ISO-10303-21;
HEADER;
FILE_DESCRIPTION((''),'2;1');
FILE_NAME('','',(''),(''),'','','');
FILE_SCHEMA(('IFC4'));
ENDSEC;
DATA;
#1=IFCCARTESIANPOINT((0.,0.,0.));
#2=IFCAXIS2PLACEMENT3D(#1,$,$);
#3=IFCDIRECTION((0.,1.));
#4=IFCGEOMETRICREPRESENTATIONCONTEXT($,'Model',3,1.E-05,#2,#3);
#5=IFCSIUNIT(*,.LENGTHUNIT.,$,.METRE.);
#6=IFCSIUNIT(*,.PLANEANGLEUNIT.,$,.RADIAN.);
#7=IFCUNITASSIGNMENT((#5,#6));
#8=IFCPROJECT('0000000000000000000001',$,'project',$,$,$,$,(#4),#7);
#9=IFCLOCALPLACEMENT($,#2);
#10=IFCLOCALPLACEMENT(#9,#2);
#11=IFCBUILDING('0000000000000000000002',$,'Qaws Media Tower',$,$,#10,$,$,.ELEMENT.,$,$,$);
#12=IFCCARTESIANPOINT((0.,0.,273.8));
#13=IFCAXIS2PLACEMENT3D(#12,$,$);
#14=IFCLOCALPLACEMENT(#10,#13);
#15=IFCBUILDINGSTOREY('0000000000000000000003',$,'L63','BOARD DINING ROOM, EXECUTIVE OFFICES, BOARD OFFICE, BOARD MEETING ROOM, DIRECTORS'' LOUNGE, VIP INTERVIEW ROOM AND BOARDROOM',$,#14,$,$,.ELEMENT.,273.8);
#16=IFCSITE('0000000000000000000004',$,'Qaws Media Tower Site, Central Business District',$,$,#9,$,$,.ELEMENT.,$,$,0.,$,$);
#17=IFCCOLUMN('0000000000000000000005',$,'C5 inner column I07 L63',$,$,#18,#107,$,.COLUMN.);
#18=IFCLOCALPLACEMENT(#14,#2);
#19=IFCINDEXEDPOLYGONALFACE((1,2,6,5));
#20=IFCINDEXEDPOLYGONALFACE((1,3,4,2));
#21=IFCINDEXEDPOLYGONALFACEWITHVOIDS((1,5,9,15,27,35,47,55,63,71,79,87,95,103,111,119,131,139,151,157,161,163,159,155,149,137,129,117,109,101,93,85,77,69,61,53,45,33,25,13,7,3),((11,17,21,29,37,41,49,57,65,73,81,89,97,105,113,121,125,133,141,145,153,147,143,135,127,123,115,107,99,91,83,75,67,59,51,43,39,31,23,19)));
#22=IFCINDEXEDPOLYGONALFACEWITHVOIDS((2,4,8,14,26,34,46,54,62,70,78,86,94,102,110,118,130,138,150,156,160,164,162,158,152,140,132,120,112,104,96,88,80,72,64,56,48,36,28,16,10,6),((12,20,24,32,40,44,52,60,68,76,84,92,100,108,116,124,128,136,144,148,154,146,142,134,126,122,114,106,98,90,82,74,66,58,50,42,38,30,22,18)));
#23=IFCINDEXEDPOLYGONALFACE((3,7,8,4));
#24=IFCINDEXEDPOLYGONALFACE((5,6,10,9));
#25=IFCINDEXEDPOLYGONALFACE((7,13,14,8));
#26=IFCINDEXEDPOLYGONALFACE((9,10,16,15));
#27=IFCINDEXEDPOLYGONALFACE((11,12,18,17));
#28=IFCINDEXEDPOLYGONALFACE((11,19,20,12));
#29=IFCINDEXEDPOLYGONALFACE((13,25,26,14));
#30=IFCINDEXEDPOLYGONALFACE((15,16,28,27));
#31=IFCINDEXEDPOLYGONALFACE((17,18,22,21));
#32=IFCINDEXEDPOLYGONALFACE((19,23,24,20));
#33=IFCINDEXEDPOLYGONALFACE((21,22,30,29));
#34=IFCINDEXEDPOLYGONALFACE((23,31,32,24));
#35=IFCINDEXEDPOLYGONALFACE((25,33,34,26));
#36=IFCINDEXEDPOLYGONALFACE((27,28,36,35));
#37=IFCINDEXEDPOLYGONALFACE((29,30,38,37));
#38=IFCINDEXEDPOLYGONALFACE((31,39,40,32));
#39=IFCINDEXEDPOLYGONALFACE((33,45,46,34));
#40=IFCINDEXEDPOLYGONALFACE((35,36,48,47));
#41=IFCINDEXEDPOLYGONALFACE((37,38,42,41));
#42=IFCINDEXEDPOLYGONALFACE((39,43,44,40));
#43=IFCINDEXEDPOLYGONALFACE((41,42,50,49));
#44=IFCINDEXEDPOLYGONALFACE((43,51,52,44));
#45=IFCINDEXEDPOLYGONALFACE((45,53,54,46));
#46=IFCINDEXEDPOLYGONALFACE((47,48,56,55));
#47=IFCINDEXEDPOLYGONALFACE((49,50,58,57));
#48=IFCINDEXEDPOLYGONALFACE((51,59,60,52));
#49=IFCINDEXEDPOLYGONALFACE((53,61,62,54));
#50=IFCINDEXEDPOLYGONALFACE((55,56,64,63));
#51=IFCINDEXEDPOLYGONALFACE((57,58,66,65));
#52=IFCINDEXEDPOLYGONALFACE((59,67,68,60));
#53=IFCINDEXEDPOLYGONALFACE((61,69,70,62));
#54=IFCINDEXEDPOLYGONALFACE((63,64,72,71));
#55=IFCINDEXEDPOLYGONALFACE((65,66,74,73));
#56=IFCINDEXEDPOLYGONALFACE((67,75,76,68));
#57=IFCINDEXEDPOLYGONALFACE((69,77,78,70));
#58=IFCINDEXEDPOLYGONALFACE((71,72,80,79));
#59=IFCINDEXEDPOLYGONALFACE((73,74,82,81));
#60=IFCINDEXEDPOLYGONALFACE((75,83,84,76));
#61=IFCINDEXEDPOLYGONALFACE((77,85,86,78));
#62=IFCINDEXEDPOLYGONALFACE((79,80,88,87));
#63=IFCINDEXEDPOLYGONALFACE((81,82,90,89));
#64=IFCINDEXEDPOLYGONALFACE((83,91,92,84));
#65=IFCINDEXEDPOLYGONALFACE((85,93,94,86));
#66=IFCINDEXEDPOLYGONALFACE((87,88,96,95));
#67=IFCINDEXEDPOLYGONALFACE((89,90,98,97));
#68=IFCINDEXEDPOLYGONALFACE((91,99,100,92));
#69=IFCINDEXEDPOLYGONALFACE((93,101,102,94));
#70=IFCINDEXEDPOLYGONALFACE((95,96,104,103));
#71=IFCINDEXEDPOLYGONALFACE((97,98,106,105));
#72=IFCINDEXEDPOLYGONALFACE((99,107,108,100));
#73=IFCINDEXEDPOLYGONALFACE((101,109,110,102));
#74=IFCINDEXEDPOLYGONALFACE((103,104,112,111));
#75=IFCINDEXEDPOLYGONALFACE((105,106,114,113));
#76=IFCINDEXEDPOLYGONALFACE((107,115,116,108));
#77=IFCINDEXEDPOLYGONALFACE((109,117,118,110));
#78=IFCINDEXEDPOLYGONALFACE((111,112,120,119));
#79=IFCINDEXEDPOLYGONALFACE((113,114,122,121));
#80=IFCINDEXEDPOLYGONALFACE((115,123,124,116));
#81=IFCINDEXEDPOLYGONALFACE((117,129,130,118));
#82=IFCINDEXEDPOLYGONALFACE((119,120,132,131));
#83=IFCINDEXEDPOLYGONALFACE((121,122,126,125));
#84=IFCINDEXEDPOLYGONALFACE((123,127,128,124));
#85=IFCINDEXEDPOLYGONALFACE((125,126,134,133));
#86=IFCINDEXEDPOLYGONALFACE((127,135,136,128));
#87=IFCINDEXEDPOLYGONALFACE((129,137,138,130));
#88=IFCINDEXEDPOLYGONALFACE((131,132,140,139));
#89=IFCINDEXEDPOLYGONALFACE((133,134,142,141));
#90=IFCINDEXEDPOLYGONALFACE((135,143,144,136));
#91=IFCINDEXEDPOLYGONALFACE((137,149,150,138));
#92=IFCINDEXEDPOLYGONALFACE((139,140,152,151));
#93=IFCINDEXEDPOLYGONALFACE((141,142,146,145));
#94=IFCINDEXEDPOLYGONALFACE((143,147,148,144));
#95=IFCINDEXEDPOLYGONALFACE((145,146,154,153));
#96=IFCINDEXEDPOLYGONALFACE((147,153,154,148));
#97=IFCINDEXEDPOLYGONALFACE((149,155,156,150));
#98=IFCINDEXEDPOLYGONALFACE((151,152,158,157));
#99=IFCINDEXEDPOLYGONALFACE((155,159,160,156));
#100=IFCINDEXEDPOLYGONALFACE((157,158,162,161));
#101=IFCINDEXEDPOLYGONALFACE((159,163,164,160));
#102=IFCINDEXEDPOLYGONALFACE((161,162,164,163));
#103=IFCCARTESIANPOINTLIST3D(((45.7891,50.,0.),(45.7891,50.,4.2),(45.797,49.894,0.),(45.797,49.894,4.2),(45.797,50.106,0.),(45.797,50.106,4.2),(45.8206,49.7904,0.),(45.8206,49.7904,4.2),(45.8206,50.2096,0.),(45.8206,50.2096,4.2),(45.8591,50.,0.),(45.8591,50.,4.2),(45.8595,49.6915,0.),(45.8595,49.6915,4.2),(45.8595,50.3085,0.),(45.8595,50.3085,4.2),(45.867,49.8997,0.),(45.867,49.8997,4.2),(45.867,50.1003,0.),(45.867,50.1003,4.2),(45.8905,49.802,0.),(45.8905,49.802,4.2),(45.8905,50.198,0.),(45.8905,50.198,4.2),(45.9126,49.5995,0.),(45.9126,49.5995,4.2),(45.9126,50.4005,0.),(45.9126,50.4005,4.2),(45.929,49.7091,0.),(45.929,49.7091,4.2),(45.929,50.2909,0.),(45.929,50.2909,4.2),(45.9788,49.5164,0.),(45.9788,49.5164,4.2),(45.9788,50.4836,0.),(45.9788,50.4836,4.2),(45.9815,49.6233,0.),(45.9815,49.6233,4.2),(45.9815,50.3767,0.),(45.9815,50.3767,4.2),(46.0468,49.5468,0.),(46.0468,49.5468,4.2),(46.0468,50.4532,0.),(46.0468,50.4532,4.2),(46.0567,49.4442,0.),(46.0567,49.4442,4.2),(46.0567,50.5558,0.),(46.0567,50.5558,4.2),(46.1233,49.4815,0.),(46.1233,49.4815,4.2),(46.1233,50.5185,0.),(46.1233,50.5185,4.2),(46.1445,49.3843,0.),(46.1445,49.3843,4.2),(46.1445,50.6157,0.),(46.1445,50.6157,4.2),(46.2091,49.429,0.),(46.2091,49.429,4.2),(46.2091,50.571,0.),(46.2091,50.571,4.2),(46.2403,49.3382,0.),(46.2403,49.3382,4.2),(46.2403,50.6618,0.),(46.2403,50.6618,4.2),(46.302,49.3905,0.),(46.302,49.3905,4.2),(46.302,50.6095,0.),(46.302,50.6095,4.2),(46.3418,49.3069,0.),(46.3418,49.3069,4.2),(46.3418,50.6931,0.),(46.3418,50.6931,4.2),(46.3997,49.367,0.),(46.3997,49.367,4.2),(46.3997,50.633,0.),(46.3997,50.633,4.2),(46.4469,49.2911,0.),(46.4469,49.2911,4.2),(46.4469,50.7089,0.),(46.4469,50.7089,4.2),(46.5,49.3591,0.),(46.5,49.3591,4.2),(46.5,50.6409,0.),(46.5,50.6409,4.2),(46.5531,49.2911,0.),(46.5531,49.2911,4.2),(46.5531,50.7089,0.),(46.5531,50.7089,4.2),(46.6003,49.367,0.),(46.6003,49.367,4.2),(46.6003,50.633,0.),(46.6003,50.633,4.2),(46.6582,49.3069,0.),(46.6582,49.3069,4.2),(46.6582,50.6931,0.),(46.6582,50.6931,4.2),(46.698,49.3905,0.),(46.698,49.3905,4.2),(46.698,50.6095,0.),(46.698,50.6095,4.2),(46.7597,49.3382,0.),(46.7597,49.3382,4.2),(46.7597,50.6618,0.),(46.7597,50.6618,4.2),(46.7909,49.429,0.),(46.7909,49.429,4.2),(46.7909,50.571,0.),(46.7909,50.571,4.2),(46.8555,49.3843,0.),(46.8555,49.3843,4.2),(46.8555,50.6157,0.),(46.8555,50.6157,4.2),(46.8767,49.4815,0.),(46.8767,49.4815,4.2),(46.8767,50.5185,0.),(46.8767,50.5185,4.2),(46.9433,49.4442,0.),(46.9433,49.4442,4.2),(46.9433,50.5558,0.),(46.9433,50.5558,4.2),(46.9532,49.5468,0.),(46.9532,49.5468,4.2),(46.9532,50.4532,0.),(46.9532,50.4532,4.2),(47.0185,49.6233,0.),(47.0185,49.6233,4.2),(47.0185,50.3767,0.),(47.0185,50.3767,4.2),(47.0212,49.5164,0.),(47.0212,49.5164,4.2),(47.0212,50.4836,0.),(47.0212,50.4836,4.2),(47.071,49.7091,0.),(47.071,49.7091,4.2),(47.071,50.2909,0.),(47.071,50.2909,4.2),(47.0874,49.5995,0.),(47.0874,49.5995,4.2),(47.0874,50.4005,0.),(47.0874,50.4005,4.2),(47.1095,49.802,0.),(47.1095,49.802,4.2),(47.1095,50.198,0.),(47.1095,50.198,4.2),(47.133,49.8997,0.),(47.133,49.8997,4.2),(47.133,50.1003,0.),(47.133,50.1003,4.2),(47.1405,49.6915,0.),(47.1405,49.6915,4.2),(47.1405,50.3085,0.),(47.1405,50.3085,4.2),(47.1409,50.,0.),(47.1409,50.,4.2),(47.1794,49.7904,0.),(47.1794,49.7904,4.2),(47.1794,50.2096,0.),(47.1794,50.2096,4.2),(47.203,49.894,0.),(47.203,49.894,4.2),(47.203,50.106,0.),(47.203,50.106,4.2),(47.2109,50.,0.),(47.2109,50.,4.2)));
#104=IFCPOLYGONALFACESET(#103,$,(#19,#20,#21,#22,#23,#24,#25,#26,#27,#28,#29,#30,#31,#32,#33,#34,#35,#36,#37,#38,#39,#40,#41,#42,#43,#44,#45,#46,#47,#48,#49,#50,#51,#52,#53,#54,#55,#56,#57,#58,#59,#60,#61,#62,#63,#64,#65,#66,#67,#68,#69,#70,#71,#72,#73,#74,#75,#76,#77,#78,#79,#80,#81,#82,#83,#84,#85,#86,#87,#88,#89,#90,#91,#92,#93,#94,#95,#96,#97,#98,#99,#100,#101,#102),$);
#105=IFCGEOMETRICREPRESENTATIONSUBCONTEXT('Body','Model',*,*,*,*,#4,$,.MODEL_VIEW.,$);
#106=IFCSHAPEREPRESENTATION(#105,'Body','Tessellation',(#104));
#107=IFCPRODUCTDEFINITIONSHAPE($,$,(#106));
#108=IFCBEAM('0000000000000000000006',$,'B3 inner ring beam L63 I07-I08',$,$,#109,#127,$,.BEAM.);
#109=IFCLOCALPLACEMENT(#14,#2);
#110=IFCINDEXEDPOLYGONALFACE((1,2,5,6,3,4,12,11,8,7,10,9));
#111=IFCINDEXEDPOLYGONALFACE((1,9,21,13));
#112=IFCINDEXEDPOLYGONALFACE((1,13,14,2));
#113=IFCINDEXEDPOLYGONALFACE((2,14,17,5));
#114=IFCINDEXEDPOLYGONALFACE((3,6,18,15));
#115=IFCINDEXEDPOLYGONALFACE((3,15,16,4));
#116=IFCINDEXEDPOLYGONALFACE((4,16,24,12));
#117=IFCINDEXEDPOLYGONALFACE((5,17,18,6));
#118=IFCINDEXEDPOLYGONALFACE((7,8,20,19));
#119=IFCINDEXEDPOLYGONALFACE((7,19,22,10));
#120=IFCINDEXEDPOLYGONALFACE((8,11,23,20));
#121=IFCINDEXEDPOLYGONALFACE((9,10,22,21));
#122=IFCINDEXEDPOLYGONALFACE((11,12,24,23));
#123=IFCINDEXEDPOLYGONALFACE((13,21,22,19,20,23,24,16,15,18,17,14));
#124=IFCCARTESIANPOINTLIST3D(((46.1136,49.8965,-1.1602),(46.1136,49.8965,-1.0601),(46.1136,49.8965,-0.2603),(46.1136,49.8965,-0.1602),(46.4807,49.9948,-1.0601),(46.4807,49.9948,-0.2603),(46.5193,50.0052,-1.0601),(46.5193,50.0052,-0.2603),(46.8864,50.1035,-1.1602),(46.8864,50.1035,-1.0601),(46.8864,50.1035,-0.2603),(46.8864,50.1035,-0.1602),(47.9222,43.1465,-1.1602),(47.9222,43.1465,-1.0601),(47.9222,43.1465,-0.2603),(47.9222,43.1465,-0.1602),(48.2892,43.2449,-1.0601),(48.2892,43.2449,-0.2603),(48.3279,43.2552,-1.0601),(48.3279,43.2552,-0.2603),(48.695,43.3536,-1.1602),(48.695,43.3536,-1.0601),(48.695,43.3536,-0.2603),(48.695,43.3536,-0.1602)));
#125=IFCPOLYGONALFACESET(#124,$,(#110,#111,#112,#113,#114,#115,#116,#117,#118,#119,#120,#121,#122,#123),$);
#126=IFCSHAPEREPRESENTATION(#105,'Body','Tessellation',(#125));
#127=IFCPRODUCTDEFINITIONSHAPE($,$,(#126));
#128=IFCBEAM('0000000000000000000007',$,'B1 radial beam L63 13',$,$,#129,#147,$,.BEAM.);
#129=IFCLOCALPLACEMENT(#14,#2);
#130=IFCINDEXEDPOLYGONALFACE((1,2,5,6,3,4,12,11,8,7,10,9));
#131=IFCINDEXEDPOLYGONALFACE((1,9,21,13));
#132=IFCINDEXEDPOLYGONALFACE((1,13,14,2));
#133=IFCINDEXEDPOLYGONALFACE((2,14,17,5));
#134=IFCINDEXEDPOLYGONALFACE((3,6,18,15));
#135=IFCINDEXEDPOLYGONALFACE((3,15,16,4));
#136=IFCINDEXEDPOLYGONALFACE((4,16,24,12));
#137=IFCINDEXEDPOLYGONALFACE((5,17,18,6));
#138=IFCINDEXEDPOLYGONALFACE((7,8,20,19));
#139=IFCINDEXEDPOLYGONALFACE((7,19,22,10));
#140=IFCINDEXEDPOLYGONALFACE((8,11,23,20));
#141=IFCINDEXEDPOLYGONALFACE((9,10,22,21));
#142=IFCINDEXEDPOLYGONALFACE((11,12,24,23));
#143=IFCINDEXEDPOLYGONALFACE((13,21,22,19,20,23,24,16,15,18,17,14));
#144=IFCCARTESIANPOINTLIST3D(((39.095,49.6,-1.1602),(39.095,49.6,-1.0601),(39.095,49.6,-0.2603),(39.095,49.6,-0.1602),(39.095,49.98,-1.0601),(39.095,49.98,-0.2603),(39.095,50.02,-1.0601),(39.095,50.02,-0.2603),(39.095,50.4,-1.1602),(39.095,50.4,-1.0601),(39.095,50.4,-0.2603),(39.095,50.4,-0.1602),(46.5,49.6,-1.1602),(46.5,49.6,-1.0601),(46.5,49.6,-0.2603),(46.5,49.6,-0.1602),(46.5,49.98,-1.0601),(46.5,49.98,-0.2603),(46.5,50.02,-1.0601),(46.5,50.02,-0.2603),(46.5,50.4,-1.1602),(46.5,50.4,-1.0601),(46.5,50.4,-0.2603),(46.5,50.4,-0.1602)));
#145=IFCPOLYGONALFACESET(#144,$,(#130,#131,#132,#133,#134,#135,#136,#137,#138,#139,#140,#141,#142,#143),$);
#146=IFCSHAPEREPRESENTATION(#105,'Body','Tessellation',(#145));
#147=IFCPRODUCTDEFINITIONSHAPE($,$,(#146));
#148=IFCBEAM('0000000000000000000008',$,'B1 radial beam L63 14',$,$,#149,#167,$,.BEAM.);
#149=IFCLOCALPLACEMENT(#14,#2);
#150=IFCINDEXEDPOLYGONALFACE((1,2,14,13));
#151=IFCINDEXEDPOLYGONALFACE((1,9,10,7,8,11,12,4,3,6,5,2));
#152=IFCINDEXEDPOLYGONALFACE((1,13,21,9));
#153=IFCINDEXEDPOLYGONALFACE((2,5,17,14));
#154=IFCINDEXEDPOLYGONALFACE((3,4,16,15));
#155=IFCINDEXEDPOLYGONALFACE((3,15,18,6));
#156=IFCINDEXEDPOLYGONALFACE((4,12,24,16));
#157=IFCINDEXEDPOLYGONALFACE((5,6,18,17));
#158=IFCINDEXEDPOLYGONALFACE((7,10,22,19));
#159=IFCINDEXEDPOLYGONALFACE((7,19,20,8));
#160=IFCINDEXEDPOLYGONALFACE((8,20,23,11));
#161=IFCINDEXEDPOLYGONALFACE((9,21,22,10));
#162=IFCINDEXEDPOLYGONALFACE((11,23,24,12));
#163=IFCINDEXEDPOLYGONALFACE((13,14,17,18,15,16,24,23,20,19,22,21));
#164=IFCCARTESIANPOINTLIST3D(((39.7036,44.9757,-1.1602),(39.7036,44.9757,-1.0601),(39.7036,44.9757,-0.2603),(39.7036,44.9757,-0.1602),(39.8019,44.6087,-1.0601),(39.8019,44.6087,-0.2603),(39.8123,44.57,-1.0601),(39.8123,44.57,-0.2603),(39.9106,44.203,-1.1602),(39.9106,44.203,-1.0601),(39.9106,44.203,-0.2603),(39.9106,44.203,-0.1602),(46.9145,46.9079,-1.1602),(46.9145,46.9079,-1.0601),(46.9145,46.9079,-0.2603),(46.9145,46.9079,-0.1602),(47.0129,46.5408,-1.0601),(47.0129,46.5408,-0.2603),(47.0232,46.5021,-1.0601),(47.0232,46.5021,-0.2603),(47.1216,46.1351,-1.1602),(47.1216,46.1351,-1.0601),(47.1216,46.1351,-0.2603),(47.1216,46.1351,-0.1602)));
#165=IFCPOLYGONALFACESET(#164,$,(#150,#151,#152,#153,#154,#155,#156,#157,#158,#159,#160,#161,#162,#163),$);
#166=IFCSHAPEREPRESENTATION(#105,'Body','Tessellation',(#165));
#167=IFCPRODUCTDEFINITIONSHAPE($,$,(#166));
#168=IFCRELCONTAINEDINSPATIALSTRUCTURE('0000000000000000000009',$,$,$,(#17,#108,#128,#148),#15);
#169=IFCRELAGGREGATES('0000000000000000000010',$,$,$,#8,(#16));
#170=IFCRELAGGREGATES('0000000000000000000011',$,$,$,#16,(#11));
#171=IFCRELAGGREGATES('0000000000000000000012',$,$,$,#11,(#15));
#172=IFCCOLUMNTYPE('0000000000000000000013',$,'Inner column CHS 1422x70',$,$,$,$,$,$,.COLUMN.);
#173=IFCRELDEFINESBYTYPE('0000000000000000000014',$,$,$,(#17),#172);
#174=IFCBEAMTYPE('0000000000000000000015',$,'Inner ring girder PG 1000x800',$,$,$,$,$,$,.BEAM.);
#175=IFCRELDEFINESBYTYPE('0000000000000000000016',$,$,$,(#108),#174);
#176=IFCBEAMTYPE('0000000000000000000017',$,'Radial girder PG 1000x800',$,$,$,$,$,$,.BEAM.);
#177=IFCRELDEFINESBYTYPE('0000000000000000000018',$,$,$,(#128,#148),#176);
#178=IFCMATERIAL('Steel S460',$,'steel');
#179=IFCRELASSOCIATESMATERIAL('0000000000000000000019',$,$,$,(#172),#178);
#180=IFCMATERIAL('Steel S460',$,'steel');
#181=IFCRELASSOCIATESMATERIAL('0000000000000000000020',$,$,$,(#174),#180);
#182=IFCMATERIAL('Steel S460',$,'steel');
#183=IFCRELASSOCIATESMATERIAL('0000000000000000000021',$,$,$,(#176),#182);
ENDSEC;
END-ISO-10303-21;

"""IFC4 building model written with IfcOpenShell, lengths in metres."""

from ifc_helpers import new_model, si_unit, direction, frame, origin, origin_2d, place, context, subcontext, project, spatial, hollow_circle, i_section, extrude, material, material_profile, profile_set, type_object, element, save


model = new_model("IFC4")

# Units and contexts
model_context = context("Model", 3, precision=1e-05, world=origin(), true_north=direction((0.0, 1.0)))
body_context = subcontext(model_context, "Body", "Model", "MODEL_VIEW")
ifc_project = project(units=[si_unit("LENGTHUNIT", "METRE"), si_unit("PLANEANGLEUNIT", "RADIAN")], contexts=[model_context])

# Site, building, storey
site_placement = place(None, origin())
site = spatial("IfcSite", under=ifc_project, at=site_placement, Name="Qaws Media Tower Site, Central Business District", CompositionType="ELEMENT", RefElevation=0.0)
building_placement = place(site_placement, origin())
building = spatial("IfcBuilding", under=site, at=building_placement, Name="Qaws Media Tower", CompositionType="ELEMENT")
storey_placement = place(building_placement, frame((0.0, 0.0, 273.8)))
storey = spatial("IfcBuildingStorey", under=building, at=storey_placement, Name="L63", Description="BOARD DINING ROOM, EXECUTIVE OFFICES, BOARD OFFICE, BOARD MEETING ROOM, DIRECTORS' LOUNGE, VIP INTERVIEW ROOM AND BOARDROOM", CompositionType="ELEMENT", Elevation=273.8)

# Column
ifc_material_1 = material(Name="Steel S460", Category="steel")
ifc_material_profile_1 = material_profile(ifc_material_1, hollow_circle(Radius=0.7109, WallThickness=0.0701, at=origin_2d()), Name="CHS 1422x70")
ifc_profile_set_1 = profile_set([ifc_material_profile_1], Name="Steel S460")
column_type = type_object("IfcColumnType", Name="Inner column CHS 1422x70", PredefinedType="COLUMN", material=ifc_profile_set_1)
column_placement = place(storey_placement, frame((46.5, 50.0, 0.0), z_axis=(0.0, 0.0, 1.0), x_axis=(1.0, 0.0, 0.0)))
element("IfcColumn", 1, at=column_placement, inside=storey, type_object=column_type, Name="C5 inner column I07 L63", PredefinedType="COLUMN", context=body_context, shape_type="SweptSolid", body=[
    extrude(hollow_circle(Radius=0.7109, WallThickness=0.0701, at=origin_2d()), origin(), (0.0, 0.0, 1.0), 4.2),
])

# Beams
ifc_material_2 = material(Name="Steel S460", Category="steel")
ifc_material_profile_2 = material_profile(ifc_material_2, i_section(OverallWidth=0.8, OverallDepth=1.0, WebThickness=0.04, FlangeThickness=0.1001, at=origin_2d()), Name="PG 1000x800")
ifc_profile_set_2 = profile_set([ifc_material_profile_2], Name="Steel S460")
beam_type_1 = type_object("IfcBeamType", Name="Inner ring girder PG 1000x800", PredefinedType="BEAM", material=ifc_profile_set_2)
beam_1_placement = place(storey_placement, frame((46.5, 50.0, -0.6602), z_axis=(0.258811, -0.965928, 0.0), x_axis=(0.965928, 0.258811, 0.0)))
element("IfcBeam", 2, at=beam_1_placement, inside=storey, type_object=beam_type_1, Name="B3 inner ring beam L63 I07-I08", PredefinedType="BEAM", context=body_context, shape_type="SweptSolid", body=[
    extrude(i_section(OverallWidth=0.8, OverallDepth=1.0, WebThickness=0.04, FlangeThickness=0.1001, at=origin_2d()), origin(), (0.0, 0.0, 1.0), 6.988),
])
ifc_material_3 = material(Name="Steel S460", Category="steel")
ifc_material_profile_3 = material_profile(ifc_material_3, i_section(OverallWidth=0.8, OverallDepth=1.0, WebThickness=0.04, FlangeThickness=0.1001, at=origin_2d()), Name="PG 1000x800")
ifc_profile_set_3 = profile_set([ifc_material_profile_3], Name="Steel S460")
beam_type_2 = type_object("IfcBeamType", Name="Radial girder PG 1000x800", PredefinedType="BEAM", material=ifc_profile_set_3)
beam_2_placement = place(storey_placement, frame((46.5, 50.0, -0.6602), z_axis=(-1.0, 0.0, 0.0), x_axis=(0.0, -1.0, 0.0)))
element("IfcBeam", 3, at=beam_2_placement, inside=storey, type_object=beam_type_2, Name="B1 radial beam L63 13", PredefinedType="BEAM", context=body_context, shape_type="SweptSolid", body=[
    extrude(i_section(OverallWidth=0.8, OverallDepth=1.0, WebThickness=0.04, FlangeThickness=0.1001, at=origin_2d()), origin(), (0.0, 0.0, 1.0), 7.405),
])
beam_3_placement = place(storey_placement, frame((47.0181, 46.5215, -0.6602), z_axis=(-0.965927, -0.258815, 0.0), x_axis=(0.258815, -0.965927, 0.0)))
element("IfcBeam", 4, at=beam_3_placement, inside=storey, type_object=beam_type_2, Name="B1 radial beam L63 14", PredefinedType="BEAM", context=body_context, shape_type="SweptSolid", body=[
    extrude(i_section(OverallWidth=0.8, OverallDepth=1.0, WebThickness=0.04, FlangeThickness=0.1001, at=origin_2d()), origin(), (0.0, 0.0, 1.0), 7.4653),
])

save(model, "model.ifc")
